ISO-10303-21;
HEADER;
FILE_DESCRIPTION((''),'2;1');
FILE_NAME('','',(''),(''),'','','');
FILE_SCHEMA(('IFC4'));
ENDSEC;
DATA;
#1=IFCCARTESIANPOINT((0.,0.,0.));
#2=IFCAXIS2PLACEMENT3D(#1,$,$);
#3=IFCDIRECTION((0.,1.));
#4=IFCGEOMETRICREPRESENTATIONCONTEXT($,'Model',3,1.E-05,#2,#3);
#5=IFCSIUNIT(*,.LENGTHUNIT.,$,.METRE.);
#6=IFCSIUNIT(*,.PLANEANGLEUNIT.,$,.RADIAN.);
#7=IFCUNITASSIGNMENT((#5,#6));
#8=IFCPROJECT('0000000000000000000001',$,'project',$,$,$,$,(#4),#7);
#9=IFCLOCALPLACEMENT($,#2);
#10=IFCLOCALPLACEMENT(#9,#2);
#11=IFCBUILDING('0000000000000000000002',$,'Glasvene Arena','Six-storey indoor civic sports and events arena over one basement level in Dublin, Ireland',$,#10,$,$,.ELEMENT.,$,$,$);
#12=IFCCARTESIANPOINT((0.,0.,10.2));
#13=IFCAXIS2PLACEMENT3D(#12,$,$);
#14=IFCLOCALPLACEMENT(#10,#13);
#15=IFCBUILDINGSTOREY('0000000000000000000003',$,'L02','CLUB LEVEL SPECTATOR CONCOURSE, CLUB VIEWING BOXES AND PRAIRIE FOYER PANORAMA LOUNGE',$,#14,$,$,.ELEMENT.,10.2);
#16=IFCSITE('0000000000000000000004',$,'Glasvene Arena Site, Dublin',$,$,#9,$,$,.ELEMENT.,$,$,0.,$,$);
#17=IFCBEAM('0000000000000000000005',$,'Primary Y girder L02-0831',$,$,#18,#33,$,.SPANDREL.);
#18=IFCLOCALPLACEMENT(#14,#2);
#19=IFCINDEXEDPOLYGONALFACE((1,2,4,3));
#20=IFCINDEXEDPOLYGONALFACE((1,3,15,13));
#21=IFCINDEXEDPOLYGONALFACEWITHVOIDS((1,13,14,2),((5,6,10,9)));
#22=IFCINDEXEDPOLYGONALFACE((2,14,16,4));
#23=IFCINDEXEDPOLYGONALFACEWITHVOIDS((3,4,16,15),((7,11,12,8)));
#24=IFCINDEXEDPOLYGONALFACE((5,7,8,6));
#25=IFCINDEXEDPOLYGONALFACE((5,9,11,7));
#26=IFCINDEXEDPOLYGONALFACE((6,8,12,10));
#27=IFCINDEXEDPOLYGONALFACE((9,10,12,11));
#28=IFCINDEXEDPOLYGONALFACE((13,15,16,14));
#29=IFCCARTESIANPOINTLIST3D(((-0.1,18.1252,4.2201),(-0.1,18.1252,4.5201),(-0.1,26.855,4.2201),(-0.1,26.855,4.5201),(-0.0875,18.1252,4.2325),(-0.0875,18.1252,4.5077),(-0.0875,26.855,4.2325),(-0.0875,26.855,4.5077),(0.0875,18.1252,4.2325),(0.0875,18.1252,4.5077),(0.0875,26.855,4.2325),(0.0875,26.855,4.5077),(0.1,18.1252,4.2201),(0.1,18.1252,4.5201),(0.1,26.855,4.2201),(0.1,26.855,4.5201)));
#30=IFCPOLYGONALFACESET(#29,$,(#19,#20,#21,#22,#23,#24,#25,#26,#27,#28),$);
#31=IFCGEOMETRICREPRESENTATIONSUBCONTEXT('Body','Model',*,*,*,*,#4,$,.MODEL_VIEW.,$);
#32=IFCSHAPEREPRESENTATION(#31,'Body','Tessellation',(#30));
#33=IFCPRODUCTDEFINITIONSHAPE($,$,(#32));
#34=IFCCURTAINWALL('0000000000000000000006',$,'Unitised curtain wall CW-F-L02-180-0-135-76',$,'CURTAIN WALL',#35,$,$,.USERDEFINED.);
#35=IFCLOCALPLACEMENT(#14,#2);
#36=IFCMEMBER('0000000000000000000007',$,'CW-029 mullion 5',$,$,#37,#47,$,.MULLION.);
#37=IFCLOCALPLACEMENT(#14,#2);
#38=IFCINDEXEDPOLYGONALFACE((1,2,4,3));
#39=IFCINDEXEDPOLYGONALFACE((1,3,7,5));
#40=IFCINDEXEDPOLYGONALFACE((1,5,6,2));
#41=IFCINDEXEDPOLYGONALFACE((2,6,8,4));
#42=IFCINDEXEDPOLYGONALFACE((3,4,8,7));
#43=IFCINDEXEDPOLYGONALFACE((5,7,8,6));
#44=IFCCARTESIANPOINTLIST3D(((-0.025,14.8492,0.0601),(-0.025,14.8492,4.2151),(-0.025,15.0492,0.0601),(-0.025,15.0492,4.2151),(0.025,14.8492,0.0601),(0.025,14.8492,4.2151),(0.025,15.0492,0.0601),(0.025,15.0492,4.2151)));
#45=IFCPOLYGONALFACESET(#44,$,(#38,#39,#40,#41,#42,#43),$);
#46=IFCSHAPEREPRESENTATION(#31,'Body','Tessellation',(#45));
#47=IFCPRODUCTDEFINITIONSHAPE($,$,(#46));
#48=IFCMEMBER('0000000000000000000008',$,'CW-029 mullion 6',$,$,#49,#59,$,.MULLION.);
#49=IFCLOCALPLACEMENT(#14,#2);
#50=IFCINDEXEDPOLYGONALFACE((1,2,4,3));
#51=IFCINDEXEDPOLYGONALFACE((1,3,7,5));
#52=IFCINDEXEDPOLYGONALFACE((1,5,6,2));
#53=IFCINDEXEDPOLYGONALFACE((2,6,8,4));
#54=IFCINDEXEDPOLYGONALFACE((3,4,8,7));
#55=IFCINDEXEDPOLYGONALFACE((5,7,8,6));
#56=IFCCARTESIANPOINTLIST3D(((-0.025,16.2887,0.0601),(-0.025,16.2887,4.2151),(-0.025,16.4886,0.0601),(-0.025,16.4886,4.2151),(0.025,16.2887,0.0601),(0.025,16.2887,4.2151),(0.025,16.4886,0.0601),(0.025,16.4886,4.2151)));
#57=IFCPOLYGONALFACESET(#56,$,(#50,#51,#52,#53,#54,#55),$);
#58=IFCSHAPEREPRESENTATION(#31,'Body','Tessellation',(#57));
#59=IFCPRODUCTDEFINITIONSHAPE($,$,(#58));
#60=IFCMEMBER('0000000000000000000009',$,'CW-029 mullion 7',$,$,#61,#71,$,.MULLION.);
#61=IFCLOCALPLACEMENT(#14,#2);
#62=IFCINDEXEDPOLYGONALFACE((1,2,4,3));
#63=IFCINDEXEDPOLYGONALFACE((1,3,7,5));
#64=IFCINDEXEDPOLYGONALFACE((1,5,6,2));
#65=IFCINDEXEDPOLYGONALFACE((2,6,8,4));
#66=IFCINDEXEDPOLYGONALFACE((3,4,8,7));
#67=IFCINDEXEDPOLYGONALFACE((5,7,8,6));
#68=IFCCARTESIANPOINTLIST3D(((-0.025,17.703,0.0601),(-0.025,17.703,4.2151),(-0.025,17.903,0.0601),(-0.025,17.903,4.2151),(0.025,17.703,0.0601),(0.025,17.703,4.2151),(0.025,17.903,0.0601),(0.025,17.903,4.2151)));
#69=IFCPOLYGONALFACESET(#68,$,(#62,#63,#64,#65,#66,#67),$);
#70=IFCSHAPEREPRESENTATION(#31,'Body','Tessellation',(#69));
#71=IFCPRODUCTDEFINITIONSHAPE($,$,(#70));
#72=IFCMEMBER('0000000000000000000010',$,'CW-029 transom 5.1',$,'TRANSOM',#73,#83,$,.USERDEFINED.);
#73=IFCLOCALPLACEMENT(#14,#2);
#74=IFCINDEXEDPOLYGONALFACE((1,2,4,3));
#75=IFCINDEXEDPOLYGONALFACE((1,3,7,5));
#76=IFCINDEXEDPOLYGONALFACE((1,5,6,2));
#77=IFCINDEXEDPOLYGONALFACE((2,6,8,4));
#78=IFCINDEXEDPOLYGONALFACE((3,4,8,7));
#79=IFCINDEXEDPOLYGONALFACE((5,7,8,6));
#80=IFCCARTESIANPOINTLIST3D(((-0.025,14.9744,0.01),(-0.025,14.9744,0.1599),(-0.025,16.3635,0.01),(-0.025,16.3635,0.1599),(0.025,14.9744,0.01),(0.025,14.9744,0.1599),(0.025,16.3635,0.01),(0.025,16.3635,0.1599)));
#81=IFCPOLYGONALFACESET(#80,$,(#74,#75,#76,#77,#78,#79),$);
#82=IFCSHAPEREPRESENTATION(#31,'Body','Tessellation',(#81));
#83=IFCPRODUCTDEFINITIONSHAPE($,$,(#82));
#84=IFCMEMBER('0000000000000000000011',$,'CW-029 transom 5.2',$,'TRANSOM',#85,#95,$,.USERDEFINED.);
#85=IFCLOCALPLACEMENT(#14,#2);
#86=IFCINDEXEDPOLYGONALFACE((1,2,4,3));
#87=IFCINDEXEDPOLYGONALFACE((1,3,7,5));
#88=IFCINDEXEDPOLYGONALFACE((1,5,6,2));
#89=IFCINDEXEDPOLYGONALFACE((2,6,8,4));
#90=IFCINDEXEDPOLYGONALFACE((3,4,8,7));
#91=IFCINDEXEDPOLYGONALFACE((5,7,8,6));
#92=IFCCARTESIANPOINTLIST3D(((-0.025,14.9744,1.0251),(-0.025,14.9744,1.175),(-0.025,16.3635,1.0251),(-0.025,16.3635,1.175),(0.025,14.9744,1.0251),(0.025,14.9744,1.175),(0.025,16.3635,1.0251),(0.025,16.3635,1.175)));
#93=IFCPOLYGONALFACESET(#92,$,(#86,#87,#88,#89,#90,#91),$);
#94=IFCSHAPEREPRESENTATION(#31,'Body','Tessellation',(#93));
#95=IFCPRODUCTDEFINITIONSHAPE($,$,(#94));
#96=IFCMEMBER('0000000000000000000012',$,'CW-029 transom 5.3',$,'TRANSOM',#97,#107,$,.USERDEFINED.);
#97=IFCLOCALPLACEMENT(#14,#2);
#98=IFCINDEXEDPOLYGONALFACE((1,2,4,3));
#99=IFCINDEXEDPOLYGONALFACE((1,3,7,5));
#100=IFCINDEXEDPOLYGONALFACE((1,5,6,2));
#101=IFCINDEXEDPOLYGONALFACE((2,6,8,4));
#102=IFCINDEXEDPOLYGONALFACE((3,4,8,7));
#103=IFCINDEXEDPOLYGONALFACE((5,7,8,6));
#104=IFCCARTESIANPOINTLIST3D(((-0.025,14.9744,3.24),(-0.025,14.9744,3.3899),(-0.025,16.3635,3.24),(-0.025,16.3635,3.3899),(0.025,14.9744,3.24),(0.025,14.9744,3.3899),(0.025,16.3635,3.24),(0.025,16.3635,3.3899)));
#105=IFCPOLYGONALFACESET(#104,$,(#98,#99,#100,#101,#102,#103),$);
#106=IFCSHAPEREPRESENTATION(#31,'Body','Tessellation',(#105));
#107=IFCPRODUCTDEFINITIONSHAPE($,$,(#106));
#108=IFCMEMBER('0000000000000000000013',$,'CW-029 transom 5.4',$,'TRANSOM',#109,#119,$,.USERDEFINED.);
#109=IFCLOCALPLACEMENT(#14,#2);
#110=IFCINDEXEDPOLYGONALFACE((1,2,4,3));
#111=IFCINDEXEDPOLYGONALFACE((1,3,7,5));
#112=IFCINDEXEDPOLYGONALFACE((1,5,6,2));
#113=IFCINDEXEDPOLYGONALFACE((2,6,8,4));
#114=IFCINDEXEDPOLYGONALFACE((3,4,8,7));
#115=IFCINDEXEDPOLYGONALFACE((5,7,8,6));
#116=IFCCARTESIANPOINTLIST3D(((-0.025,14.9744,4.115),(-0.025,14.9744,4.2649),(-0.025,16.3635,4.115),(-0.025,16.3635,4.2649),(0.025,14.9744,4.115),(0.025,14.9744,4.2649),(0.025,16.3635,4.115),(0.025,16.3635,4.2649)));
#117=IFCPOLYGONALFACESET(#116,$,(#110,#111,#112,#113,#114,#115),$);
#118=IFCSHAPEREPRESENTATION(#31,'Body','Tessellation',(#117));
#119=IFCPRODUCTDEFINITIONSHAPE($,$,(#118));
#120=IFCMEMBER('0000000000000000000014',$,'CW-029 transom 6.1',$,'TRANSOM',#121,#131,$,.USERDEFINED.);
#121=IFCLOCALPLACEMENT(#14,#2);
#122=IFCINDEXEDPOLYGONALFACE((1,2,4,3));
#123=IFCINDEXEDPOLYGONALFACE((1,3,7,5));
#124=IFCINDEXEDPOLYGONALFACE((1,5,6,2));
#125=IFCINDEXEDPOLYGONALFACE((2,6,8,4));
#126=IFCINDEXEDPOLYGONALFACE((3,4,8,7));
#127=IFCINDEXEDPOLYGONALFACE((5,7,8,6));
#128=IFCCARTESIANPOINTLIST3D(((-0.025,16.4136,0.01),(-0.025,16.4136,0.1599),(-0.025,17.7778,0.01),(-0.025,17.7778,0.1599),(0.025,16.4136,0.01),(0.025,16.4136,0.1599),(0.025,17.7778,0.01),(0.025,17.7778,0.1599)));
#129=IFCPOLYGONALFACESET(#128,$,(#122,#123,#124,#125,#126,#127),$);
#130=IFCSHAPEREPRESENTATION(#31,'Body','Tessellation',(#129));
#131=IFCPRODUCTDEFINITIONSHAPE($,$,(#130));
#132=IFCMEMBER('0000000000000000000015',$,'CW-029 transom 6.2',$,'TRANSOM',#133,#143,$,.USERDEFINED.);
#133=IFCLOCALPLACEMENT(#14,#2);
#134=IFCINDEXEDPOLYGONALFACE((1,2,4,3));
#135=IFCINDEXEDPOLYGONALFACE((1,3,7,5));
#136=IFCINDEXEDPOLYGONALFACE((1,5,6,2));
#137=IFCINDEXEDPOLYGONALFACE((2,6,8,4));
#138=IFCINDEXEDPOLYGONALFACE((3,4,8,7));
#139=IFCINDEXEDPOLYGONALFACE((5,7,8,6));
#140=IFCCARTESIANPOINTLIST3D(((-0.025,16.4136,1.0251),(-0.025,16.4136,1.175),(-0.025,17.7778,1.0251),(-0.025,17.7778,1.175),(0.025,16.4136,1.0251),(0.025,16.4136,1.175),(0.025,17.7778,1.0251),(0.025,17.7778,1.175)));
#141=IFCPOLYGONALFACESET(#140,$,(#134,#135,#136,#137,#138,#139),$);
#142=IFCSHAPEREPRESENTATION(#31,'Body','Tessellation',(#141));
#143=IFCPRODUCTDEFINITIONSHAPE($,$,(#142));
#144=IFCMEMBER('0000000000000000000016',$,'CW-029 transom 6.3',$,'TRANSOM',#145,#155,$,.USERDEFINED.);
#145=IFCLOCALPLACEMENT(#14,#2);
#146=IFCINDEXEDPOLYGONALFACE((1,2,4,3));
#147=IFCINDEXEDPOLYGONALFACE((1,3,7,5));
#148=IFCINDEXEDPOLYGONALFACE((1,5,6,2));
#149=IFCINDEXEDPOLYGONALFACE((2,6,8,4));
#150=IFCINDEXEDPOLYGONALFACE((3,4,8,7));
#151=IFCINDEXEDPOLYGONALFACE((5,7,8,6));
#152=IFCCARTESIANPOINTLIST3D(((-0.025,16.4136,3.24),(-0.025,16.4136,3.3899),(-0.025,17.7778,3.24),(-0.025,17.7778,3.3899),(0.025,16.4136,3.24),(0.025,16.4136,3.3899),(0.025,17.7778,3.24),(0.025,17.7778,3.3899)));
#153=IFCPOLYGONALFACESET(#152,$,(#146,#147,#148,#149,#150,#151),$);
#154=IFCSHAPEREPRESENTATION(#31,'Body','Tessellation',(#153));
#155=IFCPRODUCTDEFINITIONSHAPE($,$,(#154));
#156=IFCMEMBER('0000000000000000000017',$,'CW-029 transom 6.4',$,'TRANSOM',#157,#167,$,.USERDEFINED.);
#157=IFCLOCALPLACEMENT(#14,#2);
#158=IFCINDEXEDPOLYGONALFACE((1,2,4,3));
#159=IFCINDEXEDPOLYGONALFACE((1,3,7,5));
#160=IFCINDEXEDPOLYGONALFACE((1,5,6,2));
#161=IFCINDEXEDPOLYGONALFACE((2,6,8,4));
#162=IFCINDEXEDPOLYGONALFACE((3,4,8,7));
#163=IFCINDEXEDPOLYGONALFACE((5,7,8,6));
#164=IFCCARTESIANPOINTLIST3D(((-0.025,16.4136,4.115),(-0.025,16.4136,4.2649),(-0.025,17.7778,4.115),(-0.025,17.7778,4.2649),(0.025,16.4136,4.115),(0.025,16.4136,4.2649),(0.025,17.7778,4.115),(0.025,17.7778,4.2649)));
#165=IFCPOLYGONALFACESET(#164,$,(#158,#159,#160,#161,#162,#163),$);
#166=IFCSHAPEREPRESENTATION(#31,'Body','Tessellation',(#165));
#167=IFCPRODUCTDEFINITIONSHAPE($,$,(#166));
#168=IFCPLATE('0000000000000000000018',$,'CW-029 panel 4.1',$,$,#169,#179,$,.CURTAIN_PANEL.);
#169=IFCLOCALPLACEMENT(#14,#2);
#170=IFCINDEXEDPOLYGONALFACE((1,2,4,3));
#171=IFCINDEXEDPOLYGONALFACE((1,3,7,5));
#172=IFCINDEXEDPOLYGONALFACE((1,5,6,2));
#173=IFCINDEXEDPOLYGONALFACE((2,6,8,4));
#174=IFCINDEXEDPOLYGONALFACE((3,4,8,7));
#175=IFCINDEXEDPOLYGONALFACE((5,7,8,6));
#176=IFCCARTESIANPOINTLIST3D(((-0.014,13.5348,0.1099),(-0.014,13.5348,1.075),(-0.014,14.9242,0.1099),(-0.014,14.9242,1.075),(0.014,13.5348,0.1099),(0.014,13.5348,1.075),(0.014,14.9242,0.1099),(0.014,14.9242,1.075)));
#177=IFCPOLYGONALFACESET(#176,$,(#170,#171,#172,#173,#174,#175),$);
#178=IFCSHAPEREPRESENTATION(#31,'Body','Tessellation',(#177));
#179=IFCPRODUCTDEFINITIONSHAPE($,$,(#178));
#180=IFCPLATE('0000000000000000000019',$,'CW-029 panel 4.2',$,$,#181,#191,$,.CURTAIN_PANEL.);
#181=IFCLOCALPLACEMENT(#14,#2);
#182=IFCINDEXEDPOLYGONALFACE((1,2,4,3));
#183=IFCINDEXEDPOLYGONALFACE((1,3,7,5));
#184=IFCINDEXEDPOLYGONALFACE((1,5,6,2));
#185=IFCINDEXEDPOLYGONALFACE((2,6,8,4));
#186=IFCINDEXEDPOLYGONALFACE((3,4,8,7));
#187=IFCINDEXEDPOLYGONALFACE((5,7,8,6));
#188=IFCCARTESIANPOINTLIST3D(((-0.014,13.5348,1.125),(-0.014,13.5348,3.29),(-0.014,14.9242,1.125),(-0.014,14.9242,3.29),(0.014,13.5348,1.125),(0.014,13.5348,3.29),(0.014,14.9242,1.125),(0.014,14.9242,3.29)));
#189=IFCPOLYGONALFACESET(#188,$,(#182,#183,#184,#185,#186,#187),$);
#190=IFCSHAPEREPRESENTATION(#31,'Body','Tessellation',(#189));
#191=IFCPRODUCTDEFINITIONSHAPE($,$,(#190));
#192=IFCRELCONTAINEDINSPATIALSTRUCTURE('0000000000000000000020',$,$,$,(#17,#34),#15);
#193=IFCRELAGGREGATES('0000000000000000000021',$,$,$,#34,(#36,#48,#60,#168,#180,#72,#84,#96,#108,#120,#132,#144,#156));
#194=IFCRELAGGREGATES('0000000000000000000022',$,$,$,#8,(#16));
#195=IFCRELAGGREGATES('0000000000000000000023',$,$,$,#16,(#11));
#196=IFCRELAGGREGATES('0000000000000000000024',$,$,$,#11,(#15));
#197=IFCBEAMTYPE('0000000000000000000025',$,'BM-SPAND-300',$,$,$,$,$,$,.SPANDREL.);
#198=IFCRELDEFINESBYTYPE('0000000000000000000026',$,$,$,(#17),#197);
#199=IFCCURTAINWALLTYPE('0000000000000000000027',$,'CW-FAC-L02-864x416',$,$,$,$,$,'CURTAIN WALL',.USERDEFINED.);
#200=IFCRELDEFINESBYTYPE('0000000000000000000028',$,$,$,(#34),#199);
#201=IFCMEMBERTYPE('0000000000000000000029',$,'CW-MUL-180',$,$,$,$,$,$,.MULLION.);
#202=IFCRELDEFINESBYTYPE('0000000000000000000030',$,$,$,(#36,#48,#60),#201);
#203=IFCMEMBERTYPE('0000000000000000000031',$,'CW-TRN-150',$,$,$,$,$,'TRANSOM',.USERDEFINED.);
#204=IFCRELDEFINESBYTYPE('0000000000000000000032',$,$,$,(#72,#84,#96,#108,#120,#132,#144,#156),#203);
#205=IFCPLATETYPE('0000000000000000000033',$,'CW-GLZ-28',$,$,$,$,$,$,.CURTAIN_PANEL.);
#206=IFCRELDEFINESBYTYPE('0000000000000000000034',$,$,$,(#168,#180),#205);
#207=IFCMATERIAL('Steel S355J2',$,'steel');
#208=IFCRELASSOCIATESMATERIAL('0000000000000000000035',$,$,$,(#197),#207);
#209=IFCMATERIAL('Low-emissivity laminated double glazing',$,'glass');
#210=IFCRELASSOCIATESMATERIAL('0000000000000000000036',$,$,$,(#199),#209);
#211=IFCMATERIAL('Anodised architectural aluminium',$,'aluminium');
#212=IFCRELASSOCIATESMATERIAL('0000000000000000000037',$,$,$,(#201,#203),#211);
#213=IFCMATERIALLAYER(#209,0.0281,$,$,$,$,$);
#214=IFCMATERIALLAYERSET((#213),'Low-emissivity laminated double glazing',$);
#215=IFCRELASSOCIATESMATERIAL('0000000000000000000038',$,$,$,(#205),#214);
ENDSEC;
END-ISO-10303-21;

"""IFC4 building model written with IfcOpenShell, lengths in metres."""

from ifc_helpers import new_model, si_unit, direction, frame, origin, origin_2d, place, context, subcontext, project, spatial, rectangle, hollow_rectangle, extrude, material, layer, layer_set, material_profile, profile_set, type_object, element, aggregate, save


model = new_model("IFC4")

# Units and contexts
model_context = context("Model", 3, precision=1e-05, world=origin(), true_north=direction((0.0, 1.0)))
body_context = subcontext(model_context, "Body", "Model", "MODEL_VIEW")
ifc_project = project(units=[si_unit("LENGTHUNIT", "METRE"), si_unit("PLANEANGLEUNIT", "RADIAN")], contexts=[model_context])

# Site, building, storey
site_placement = place(None, origin())
site = spatial("IfcSite", under=ifc_project, at=site_placement, Name="Glasvene Arena Site, Dublin", CompositionType="ELEMENT", RefElevation=0.0)
building_placement = place(site_placement, origin())
building = spatial("IfcBuilding", under=site, at=building_placement, Name="Glasvene Arena", Description="Six-storey indoor civic sports and events arena over one basement level in Dublin, Ireland", CompositionType="ELEMENT")
storey_placement = place(building_placement, frame((0.0, 0.0, 10.2)))
storey = spatial("IfcBuildingStorey", under=building, at=storey_placement, Name="L02", Description="CLUB LEVEL SPECTATOR CONCOURSE, CLUB VIEWING BOXES AND PRAIRIE FOYER PANORAMA LOUNGE", CompositionType="ELEMENT", Elevation=10.2)

# Shared definitions
ifc_material_1 = material(Name="Steel S355J2", Category="steel")

# Beam
ifc_material_profile_1 = material_profile(ifc_material_1, hollow_rectangle(XDim=0.2, YDim=0.3, WallThickness=0.0125, at=origin_2d()), Name="RHS 300x200x12.5")
ifc_profile_set_1 = profile_set([ifc_material_profile_1], Name="Steel S355J2")
beam_type_1 = type_object("IfcBeamType", Name="BM-SPAND-300", PredefinedType="SPANDREL", material=ifc_profile_set_1)
beam_1_placement = place(storey_placement, frame((0.0, 18.1252, 4.3701), z_axis=(0.0, 1.0, 0.0), x_axis=(-1.0, 0.0, 0.0)))
element("IfcBeam", 1, at=beam_1_placement, inside=storey, type_object=beam_type_1, Name="Primary Y girder L02-0831", PredefinedType="SPANDREL", context=body_context, shape_type="SweptSolid", body=[
    extrude(hollow_rectangle(XDim=0.2, YDim=0.3, WallThickness=0.0125, at=origin_2d()), origin(), (0.0, 0.0, 1.0), 8.7297),
])

# Curtain wall, members, plates
ifc_material_2 = material(Name="Low-emissivity laminated double glazing", Category="glass")
curtain_wall_type = type_object("IfcCurtainWallType", Name="CW-FAC-L02-864x416", ElementType="CURTAIN WALL", PredefinedType="USERDEFINED", material=ifc_material_2)
curtain_wall_placement = place(storey_placement, frame((0.0, 9.1919, 0.0)))
curtain_wall = element("IfcCurtainWall", 2, at=curtain_wall_placement, inside=storey, type_object=curtain_wall_type, Name="Unitised curtain wall CW-F-L02-180-0-135-76", ObjectType="CURTAIN WALL", PredefinedType="USERDEFINED")
ifc_material_3 = material(Name="Anodised architectural aluminium", Category="aluminium")
ifc_material_profile_2 = material_profile(ifc_material_3, rectangle(XDim=0.05, YDim=0.2, at=origin_2d()), Name="ALU MULLION 50x200")
ifc_profile_set_2 = profile_set([ifc_material_profile_2], Name="Anodised architectural aluminium")
member_type_1 = type_object("IfcMemberType", Name="CW-MUL-180", PredefinedType="MULLION", material=ifc_profile_set_2)
member_1_placement = place(storey_placement, frame((0.0, 14.9492, 0.0601), z_axis=(0.0, 0.0, 1.0), x_axis=(-1.0, 0.0, 0.0)))
member_1 = element("IfcMember", 3, at=member_1_placement, type_object=member_type_1, Name="CW-029 mullion 5", PredefinedType="MULLION", context=body_context, shape_type="SweptSolid", body=[
    extrude(rectangle(XDim=0.05, YDim=0.2, at=origin_2d()), origin(), (0.0, 0.0, 1.0), 4.155),
])
member_2_placement = place(storey_placement, frame((0.0, 16.3887, 0.0601), z_axis=(0.0, 0.0, 1.0), x_axis=(-1.0, 0.0, 0.0)))
member_2 = element("IfcMember", 4, at=member_2_placement, type_object=member_type_1, Name="CW-029 mullion 6", PredefinedType="MULLION", context=body_context, shape_type="SweptSolid", body=[
    extrude(rectangle(XDim=0.05, YDim=0.2, at=origin_2d()), origin(), (0.0, 0.0, 1.0), 4.155),
])
member_3_placement = place(storey_placement, frame((0.0, 17.803, 0.0601), z_axis=(0.0, 0.0, 1.0), x_axis=(-1.0, 0.0, 0.0)))
member_3 = element("IfcMember", 5, at=member_3_placement, type_object=member_type_1, Name="CW-029 mullion 7", PredefinedType="MULLION", context=body_context, shape_type="SweptSolid", body=[
    extrude(rectangle(XDim=0.05, YDim=0.2, at=origin_2d()), origin(), (0.0, 0.0, 1.0), 4.155),
])
ifc_material_profile_3 = material_profile(ifc_material_3, rectangle(XDim=0.05, YDim=0.1499, at=origin_2d()), Name="ALU TRANSOM 50x150")
ifc_profile_set_3 = profile_set([ifc_material_profile_3], Name="Anodised architectural aluminium")
member_type_2 = type_object("IfcMemberType", Name="CW-TRN-150", ElementType="TRANSOM", PredefinedType="USERDEFINED", material=ifc_profile_set_3)
member_4_placement = place(storey_placement, frame((0.0, 14.9744, 0.085), z_axis=(0.0, 1.0, 0.0), x_axis=(-1.0, 0.0, 0.0)))
member_4 = element("IfcMember", 6, at=member_4_placement, type_object=member_type_2, Name="CW-029 transom 5.1", ObjectType="TRANSOM", PredefinedType="USERDEFINED", context=body_context, shape_type="SweptSolid", body=[
    extrude(rectangle(XDim=0.05, YDim=0.1499, at=origin_2d()), origin(), (0.0, 0.0, 1.0), 1.3892),
])
member_5_placement = place(storey_placement, frame((0.0, 14.9744, 1.1001), z_axis=(0.0, 1.0, 0.0), x_axis=(-1.0, 0.0, 0.0)))
member_5 = element("IfcMember", 7, at=member_5_placement, type_object=member_type_2, Name="CW-029 transom 5.2", ObjectType="TRANSOM", PredefinedType="USERDEFINED", context=body_context, shape_type="SweptSolid", body=[
    extrude(rectangle(XDim=0.05, YDim=0.1499, at=origin_2d()), origin(), (0.0, 0.0, 1.0), 1.3892),
])
member_6_placement = place(storey_placement, frame((0.0, 14.9744, 3.3149), z_axis=(0.0, 1.0, 0.0), x_axis=(-1.0, 0.0, 0.0)))
member_6 = element("IfcMember", 8, at=member_6_placement, type_object=member_type_2, Name="CW-029 transom 5.3", ObjectType="TRANSOM", PredefinedType="USERDEFINED", context=body_context, shape_type="SweptSolid", body=[
    extrude(rectangle(XDim=0.05, YDim=0.1499, at=origin_2d()), origin(), (0.0, 0.0, 1.0), 1.3892),
])
member_7_placement = place(storey_placement, frame((0.0, 14.9744, 4.1899), z_axis=(0.0, 1.0, 0.0), x_axis=(-1.0, 0.0, 0.0)))
member_7 = element("IfcMember", 9, at=member_7_placement, type_object=member_type_2, Name="CW-029 transom 5.4", ObjectType="TRANSOM", PredefinedType="USERDEFINED", context=body_context, shape_type="SweptSolid", body=[
    extrude(rectangle(XDim=0.05, YDim=0.1499, at=origin_2d()), origin(), (0.0, 0.0, 1.0), 1.3892),
])
member_8_placement = place(storey_placement, frame((0.0, 16.4136, 0.085), z_axis=(0.0, 1.0, 0.0), x_axis=(-1.0, 0.0, 0.0)))
member_8 = element("IfcMember", 10, at=member_8_placement, type_object=member_type_2, Name="CW-029 transom 6.1", ObjectType="TRANSOM", PredefinedType="USERDEFINED", context=body_context, shape_type="SweptSolid", body=[
    extrude(rectangle(XDim=0.05, YDim=0.1499, at=origin_2d()), origin(), (0.0, 0.0, 1.0), 1.3643),
])
member_9_placement = place(storey_placement, frame((0.0, 16.4136, 1.1001), z_axis=(0.0, 1.0, 0.0), x_axis=(-1.0, 0.0, 0.0)))
member_9 = element("IfcMember", 11, at=member_9_placement, type_object=member_type_2, Name="CW-029 transom 6.2", ObjectType="TRANSOM", PredefinedType="USERDEFINED", context=body_context, shape_type="SweptSolid", body=[
    extrude(rectangle(XDim=0.05, YDim=0.1499, at=origin_2d()), origin(), (0.0, 0.0, 1.0), 1.3643),
])
member_10_placement = place(storey_placement, frame((0.0, 16.4136, 3.3149), z_axis=(0.0, 1.0, 0.0), x_axis=(-1.0, 0.0, 0.0)))
member_10 = element("IfcMember", 12, at=member_10_placement, type_object=member_type_2, Name="CW-029 transom 6.3", ObjectType="TRANSOM", PredefinedType="USERDEFINED", context=body_context, shape_type="SweptSolid", body=[
    extrude(rectangle(XDim=0.05, YDim=0.1499, at=origin_2d()), origin(), (0.0, 0.0, 1.0), 1.3643),
])
member_11_placement = place(storey_placement, frame((0.0, 16.4136, 4.1899), z_axis=(0.0, 1.0, 0.0), x_axis=(-1.0, 0.0, 0.0)))
member_11 = element("IfcMember", 13, at=member_11_placement, type_object=member_type_2, Name="CW-029 transom 6.4", ObjectType="TRANSOM", PredefinedType="USERDEFINED", context=body_context, shape_type="SweptSolid", body=[
    extrude(rectangle(XDim=0.05, YDim=0.1499, at=origin_2d()), origin(), (0.0, 0.0, 1.0), 1.3643),
])
ifc_layer_1 = layer(ifc_material_2, 0.0281)
ifc_layer_set_1 = layer_set([ifc_layer_1], Name="Low-emissivity laminated double glazing")
plate_type = type_object("IfcPlateType", Name="CW-GLZ-28", PredefinedType="CURTAIN_PANEL", material=ifc_layer_set_1)
plate_1_placement = place(storey_placement, frame((0.0, 14.2295, 0.1099), z_axis=(0.0, 0.0, 1.0), x_axis=(0.0, 1.0, 0.0)))
plate_1 = element("IfcPlate", 14, at=plate_1_placement, type_object=plate_type, Name="CW-029 panel 4.1", PredefinedType="CURTAIN_PANEL", context=body_context, shape_type="SweptSolid", body=[
    extrude(rectangle(XDim=1.3894, YDim=0.0281, at=origin_2d()), origin(), (0.0, 0.0, 1.0), 0.9651),
])
plate_2_placement = place(storey_placement, frame((0.0, 14.2295, 1.125), z_axis=(0.0, 0.0, 1.0), x_axis=(0.0, 1.0, 0.0)))
plate_2 = element("IfcPlate", 15, at=plate_2_placement, type_object=plate_type, Name="CW-029 panel 4.2", PredefinedType="CURTAIN_PANEL", context=body_context, shape_type="SweptSolid", body=[
    extrude(rectangle(XDim=1.3894, YDim=0.0281, at=origin_2d()), origin(), (0.0, 0.0, 1.0), 2.165),
])
aggregate(curtain_wall, [member_1, member_2, member_3, plate_1, plate_2, member_4, member_5, member_6, member_7, member_8, member_9, member_10, member_11])

save(model, "model.ifc")
